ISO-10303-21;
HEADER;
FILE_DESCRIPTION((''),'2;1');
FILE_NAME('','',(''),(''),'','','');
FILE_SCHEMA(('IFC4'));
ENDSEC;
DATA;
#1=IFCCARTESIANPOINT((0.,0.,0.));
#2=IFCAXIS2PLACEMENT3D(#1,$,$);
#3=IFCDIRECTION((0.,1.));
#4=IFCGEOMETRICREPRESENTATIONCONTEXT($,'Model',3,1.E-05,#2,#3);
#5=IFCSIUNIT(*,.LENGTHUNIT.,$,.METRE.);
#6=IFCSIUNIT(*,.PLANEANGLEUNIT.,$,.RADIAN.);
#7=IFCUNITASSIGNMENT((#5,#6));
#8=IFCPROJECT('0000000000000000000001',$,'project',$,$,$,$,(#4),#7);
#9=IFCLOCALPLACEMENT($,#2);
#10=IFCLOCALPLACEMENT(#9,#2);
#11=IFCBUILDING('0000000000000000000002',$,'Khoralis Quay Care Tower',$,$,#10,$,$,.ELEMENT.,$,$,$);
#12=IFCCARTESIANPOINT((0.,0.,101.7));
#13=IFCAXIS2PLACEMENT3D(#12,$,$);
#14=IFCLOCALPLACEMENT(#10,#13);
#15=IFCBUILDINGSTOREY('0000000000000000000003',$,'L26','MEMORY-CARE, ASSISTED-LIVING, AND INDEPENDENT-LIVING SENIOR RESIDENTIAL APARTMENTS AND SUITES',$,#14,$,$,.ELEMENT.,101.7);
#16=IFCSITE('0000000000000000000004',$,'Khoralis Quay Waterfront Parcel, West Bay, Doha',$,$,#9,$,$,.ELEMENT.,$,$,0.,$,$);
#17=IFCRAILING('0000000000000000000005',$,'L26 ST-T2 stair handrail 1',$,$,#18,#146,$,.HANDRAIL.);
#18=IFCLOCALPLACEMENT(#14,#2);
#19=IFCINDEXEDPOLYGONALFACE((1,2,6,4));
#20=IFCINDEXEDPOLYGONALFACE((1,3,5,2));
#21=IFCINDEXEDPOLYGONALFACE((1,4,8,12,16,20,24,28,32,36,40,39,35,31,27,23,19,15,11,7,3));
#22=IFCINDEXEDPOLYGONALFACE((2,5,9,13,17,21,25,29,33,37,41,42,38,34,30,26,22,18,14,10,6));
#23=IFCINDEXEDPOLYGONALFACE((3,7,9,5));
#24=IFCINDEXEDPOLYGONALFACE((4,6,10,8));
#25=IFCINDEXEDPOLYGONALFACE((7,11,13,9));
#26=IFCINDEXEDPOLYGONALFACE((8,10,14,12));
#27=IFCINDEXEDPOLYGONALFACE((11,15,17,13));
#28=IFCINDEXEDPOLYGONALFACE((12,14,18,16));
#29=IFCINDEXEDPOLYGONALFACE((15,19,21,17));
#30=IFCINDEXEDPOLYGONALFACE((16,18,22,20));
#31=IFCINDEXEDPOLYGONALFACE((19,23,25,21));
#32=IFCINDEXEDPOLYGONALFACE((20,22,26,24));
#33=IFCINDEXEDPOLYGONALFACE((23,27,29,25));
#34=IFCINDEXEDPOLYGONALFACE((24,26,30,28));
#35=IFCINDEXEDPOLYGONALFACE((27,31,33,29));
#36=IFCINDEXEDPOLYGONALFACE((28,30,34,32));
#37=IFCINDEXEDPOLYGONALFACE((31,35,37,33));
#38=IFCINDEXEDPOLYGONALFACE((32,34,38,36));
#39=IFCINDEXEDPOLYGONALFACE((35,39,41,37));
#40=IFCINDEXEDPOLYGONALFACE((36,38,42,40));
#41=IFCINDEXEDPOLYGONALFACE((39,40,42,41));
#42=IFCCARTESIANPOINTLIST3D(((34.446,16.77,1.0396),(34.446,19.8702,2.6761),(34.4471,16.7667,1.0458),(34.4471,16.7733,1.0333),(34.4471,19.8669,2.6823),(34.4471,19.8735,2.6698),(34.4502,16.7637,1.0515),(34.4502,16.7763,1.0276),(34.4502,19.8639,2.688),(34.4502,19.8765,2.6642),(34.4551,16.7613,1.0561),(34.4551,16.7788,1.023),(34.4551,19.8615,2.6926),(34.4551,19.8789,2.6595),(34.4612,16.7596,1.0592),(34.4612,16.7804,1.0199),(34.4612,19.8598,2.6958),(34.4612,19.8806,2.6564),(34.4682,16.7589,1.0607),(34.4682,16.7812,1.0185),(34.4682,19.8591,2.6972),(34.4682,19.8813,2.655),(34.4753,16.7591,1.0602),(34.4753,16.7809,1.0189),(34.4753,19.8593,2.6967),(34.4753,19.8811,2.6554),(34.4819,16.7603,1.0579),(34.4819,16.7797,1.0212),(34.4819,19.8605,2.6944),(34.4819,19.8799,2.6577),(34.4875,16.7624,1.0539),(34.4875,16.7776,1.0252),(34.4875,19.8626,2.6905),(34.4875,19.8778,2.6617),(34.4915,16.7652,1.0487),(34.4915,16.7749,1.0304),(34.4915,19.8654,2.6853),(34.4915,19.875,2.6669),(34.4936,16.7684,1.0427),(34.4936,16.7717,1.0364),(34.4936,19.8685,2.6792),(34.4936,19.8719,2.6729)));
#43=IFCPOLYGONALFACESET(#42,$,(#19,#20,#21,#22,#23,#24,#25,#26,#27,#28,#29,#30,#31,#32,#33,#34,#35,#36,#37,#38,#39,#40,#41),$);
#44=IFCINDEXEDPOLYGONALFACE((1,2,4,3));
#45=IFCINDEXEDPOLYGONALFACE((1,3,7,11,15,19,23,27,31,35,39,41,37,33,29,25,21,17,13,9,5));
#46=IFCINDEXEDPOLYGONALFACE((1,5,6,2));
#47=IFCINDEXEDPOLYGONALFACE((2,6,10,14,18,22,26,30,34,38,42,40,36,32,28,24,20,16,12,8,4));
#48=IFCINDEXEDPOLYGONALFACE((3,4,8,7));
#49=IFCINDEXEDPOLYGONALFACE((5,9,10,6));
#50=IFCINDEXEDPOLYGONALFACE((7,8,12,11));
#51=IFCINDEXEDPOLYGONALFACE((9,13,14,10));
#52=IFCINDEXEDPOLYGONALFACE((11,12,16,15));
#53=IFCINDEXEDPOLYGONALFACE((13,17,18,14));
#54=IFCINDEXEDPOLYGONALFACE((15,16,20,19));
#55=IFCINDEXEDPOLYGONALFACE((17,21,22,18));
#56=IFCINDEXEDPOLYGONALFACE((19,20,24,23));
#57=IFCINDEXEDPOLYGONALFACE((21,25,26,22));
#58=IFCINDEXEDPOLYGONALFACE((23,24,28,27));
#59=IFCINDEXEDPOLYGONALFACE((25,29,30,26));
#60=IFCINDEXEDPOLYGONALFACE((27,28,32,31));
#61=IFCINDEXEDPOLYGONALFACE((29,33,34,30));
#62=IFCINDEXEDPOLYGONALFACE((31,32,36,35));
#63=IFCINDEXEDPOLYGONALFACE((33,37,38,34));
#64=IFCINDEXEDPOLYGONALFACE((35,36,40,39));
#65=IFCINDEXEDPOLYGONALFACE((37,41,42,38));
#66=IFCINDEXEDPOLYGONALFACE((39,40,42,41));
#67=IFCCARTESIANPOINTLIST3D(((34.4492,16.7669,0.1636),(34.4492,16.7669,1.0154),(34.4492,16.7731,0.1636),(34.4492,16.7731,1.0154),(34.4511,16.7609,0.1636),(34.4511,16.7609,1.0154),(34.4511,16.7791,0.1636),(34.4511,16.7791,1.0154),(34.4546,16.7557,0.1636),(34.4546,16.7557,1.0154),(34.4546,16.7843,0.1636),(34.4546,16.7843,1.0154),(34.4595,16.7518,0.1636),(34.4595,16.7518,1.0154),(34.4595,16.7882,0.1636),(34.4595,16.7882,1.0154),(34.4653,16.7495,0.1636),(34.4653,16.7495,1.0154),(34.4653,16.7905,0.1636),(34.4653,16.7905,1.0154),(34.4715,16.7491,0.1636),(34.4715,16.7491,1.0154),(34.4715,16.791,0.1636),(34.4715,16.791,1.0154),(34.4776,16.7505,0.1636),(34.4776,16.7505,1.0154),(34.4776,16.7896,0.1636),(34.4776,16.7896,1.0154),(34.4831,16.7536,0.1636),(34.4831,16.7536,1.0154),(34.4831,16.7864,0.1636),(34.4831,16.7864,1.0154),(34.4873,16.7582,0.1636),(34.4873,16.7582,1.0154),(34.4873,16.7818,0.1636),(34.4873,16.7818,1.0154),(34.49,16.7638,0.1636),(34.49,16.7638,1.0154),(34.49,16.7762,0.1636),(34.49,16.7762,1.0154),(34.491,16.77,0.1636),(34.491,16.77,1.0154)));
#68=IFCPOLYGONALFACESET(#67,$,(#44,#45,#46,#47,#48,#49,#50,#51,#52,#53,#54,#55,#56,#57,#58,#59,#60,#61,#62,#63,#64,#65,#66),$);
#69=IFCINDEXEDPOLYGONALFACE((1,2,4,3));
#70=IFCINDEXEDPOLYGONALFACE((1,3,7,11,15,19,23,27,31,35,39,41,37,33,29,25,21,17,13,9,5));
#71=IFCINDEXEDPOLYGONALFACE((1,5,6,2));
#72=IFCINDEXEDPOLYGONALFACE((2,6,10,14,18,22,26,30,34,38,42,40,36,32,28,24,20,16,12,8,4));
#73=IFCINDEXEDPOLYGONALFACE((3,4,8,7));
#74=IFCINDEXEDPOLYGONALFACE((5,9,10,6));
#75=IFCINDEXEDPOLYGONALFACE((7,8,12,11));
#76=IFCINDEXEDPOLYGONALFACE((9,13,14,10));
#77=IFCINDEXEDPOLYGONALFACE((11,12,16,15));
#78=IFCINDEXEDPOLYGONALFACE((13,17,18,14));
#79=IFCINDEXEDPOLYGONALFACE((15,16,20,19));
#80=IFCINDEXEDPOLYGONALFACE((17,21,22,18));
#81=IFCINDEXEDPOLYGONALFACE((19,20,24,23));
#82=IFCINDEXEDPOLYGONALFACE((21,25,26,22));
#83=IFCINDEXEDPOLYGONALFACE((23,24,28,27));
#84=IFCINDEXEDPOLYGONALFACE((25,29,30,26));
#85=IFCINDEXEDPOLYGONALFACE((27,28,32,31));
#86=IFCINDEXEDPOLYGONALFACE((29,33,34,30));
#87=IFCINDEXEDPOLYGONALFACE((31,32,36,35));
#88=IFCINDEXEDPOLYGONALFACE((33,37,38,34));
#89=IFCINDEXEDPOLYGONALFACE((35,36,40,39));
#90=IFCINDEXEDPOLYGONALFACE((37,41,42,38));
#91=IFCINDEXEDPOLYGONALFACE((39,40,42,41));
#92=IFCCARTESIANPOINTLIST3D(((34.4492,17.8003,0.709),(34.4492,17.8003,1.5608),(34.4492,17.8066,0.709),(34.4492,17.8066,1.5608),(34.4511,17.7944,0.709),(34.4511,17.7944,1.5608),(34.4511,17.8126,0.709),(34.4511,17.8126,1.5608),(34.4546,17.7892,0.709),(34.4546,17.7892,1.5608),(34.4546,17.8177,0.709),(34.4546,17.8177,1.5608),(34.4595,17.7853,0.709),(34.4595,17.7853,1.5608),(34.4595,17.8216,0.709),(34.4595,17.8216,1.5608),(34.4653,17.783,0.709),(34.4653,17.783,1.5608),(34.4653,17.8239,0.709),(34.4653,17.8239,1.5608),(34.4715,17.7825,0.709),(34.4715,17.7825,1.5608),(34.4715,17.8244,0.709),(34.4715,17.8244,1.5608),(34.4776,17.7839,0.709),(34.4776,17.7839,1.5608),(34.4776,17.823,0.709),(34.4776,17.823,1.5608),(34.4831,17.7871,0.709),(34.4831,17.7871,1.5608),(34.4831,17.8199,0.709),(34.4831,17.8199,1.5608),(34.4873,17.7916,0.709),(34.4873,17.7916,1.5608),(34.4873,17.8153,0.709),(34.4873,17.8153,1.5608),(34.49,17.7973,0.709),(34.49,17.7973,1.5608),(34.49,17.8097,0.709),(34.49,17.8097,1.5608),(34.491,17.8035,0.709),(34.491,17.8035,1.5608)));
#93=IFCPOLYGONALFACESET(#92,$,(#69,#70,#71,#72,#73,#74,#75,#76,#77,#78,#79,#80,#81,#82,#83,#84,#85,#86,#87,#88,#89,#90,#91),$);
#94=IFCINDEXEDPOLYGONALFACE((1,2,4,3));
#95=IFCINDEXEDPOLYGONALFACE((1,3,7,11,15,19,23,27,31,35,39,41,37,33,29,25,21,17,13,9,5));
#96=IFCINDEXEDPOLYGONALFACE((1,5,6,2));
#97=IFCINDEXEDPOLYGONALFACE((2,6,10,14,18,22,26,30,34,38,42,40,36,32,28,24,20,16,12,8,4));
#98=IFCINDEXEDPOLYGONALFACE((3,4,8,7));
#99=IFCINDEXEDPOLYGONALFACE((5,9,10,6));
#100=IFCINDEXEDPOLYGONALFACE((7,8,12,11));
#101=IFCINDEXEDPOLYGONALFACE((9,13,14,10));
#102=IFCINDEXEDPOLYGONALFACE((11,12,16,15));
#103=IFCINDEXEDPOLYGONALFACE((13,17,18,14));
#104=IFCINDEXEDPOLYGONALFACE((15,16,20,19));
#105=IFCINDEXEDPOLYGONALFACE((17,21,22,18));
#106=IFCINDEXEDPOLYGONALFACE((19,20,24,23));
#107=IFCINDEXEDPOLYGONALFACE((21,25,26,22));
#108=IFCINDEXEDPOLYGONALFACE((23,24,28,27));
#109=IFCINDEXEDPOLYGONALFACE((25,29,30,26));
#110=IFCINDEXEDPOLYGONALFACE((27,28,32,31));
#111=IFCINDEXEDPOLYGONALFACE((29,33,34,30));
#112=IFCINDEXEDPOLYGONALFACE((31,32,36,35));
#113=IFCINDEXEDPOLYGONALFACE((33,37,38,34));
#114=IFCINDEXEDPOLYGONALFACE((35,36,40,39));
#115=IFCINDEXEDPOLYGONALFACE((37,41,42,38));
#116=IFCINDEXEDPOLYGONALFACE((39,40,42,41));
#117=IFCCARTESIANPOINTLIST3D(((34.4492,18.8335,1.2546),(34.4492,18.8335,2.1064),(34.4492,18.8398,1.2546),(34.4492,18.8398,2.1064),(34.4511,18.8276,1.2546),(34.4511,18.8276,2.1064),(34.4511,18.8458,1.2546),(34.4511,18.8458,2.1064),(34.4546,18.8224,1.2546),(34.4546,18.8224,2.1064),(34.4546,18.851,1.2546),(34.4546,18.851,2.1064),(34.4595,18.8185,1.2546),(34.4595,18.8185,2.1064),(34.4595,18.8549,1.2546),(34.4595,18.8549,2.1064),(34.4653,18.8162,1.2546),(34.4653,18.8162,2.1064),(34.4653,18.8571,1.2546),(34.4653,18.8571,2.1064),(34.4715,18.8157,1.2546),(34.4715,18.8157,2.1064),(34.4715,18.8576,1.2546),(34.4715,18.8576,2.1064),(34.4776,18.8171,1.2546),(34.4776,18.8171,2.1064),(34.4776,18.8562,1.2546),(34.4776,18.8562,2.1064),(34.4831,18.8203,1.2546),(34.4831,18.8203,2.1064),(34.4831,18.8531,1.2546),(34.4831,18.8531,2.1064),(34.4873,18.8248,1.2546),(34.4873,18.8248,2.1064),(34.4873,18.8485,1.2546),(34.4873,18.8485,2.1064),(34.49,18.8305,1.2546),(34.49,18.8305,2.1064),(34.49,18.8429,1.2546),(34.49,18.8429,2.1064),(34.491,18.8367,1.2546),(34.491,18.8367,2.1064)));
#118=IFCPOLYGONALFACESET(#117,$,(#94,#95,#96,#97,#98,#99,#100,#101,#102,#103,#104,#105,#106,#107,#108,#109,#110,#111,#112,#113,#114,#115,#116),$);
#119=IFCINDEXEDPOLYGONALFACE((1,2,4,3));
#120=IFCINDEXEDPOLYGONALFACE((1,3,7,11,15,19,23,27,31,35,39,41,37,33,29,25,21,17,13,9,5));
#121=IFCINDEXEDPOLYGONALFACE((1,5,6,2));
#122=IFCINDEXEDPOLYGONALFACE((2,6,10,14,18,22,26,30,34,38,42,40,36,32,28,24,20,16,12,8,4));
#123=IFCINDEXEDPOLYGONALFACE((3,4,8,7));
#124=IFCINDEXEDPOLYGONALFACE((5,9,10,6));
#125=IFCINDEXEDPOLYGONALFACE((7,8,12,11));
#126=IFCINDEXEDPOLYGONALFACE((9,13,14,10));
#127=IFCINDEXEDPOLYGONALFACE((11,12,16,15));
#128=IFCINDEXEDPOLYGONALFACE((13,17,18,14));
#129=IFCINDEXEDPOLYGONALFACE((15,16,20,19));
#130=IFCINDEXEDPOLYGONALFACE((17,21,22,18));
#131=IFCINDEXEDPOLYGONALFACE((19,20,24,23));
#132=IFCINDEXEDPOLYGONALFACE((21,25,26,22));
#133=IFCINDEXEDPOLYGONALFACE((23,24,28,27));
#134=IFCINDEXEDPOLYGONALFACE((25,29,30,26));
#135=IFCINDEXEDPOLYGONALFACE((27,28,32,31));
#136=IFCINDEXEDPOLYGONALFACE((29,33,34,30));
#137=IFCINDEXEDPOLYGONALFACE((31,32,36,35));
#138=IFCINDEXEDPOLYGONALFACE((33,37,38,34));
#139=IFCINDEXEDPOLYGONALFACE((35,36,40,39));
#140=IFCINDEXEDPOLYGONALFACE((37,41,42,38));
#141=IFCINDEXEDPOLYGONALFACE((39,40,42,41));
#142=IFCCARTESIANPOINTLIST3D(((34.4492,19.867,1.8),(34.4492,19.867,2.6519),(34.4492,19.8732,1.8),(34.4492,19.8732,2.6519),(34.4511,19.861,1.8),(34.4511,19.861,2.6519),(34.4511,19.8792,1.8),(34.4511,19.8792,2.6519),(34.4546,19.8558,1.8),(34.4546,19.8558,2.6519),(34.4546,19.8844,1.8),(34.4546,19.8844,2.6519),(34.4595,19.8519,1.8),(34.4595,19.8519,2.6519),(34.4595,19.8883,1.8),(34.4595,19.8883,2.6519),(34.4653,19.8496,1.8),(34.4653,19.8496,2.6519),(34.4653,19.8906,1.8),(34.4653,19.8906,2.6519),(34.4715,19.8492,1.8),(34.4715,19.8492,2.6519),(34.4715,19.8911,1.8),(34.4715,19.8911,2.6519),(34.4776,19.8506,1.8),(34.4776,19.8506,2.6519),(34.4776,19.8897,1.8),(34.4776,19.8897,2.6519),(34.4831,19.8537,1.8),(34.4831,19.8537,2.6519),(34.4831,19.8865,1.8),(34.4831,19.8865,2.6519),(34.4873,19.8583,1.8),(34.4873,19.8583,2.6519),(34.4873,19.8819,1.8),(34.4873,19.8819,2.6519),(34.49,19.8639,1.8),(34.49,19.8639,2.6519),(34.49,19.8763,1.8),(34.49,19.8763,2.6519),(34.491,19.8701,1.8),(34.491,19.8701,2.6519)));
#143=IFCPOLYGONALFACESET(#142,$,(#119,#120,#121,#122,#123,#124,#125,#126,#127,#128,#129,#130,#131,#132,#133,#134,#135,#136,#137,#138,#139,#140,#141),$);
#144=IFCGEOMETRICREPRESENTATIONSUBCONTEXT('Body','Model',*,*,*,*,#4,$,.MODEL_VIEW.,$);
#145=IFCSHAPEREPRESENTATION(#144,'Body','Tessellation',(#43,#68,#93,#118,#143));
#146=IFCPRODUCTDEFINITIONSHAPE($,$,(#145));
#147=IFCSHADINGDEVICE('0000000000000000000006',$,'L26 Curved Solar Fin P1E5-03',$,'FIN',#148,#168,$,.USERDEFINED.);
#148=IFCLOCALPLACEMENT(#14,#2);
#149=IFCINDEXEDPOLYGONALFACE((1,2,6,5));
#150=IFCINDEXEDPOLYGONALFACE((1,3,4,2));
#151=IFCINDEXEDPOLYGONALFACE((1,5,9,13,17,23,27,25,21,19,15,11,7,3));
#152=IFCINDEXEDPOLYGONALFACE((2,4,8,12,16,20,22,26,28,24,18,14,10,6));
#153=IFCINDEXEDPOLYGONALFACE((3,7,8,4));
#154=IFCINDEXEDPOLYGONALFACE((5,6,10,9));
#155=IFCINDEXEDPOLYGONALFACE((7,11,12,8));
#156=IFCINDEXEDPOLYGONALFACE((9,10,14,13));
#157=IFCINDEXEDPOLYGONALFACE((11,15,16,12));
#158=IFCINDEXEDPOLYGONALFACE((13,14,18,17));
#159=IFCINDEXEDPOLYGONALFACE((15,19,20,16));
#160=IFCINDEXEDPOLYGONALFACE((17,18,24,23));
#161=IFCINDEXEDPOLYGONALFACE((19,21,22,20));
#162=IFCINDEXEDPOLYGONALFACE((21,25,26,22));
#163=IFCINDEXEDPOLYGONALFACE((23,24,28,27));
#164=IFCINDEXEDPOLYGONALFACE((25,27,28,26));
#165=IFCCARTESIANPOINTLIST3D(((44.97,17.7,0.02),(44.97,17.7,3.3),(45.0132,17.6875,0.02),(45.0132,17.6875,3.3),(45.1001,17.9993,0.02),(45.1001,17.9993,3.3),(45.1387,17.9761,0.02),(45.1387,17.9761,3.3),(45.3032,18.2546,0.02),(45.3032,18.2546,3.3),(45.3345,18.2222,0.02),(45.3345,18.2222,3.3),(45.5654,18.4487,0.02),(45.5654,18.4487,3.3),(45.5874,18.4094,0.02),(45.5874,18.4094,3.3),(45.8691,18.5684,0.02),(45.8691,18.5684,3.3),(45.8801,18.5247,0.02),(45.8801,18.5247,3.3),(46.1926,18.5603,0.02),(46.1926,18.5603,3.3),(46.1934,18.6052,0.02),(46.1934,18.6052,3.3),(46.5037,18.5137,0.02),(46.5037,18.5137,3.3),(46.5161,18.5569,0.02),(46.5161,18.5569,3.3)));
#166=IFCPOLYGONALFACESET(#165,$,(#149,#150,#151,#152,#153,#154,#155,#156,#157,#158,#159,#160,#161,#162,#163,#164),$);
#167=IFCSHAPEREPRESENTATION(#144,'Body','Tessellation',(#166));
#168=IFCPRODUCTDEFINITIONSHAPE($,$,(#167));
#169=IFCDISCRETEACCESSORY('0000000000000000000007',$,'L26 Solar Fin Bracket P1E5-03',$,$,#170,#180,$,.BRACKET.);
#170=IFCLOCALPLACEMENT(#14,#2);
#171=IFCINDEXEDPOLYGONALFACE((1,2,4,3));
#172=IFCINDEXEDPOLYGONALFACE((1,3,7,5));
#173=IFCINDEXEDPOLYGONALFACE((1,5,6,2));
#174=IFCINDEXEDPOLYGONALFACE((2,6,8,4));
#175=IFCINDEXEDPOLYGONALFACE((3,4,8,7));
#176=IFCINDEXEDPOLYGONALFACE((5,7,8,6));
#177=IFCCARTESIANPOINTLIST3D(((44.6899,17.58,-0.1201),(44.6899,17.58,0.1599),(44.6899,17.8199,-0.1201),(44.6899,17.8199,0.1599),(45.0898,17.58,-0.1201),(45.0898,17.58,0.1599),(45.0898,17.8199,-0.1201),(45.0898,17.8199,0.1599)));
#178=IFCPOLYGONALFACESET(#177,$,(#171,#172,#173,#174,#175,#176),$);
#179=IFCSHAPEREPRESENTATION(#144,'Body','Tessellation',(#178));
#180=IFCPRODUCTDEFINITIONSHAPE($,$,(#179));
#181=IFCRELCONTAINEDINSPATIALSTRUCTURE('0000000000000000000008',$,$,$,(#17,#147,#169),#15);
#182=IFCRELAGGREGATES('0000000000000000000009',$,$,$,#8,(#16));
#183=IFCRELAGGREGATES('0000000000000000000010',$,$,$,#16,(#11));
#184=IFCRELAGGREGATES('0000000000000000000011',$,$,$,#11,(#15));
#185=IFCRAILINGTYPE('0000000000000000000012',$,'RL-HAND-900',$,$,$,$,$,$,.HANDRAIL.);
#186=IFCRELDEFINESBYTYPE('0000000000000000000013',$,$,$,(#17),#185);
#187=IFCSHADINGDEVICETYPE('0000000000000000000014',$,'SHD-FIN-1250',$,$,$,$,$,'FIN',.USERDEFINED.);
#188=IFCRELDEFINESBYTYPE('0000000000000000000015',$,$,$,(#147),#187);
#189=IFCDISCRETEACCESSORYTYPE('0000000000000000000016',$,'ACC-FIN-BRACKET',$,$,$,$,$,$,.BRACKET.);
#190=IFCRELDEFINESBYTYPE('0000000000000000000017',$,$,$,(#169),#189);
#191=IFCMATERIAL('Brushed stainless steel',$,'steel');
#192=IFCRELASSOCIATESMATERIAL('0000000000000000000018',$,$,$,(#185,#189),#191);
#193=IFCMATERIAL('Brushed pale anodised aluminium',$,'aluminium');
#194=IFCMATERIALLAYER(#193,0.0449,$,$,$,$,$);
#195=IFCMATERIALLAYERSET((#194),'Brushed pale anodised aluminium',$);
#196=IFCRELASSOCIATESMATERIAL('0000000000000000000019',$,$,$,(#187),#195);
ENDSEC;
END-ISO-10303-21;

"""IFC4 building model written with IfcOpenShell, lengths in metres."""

from ifc_helpers import new_model, si_unit, direction, frame, origin, origin_2d, place, context, subcontext, project, spatial, polyline, rectangle, circle, outline, extrude, source, transform, mapped, material, layer, layer_set, type_object, element, save


model = new_model("IFC4")

# Units and contexts
model_context = context("Model", 3, precision=1e-05, world=origin(), true_north=direction((0.0, 1.0)))
body_context = subcontext(model_context, "Body", "Model", "MODEL_VIEW")
ifc_project = project(units=[si_unit("LENGTHUNIT", "METRE"), si_unit("PLANEANGLEUNIT", "RADIAN")], contexts=[model_context])

# Site, building, storey
site_placement = place(None, origin())
site = spatial("IfcSite", under=ifc_project, at=site_placement, Name="Khoralis Quay Waterfront Parcel, West Bay, Doha", CompositionType="ELEMENT", RefElevation=0.0)
building_placement = place(site_placement, origin())
building = spatial("IfcBuilding", under=site, at=building_placement, Name="Khoralis Quay Care Tower", CompositionType="ELEMENT")
storey_placement = place(building_placement, frame((0.0, 0.0, 101.7)))
storey = spatial("IfcBuildingStorey", under=building, at=storey_placement, Name="L26", Description="MEMORY-CARE, ASSISTED-LIVING, AND INDEPENDENT-LIVING SENIOR RESIDENTIAL APARTMENTS AND SUITES", CompositionType="ELEMENT", Elevation=101.7)

# Railing
ifc_material_1 = material(Name="Brushed stainless steel", Category="steel")
railing_type_1 = type_object("IfcRailingType", Name="RL-HAND-900", PredefinedType="HANDRAIL", material=ifc_material_1)
railing_1_placement = place(storey_placement, frame((34.47, 16.77, 0.1636)))
element("IfcRailing", 1, at=railing_1_placement, inside=storey, type_object=railing_type_1, Name="L26 ST-T2 stair handrail 1", PredefinedType="HANDRAIL", context=body_context, shape_type="SweptSolid", body=[
    extrude(circle(Radius=0.0239, at=origin_2d()), frame((0.0, 0.0, 0.876), z_axis=(0.0, 0.884348, 0.466828), x_axis=(-1.0, 0.0, 0.0)), (0.0, 0.0, 1.0), 3.5056),
    extrude(circle(Radius=0.021, at=origin_2d()), origin(), (0.0, 0.0, 1.0), 0.8518),
    extrude(circle(Radius=0.021, at=origin_2d()), frame((0.0, 1.0334, 0.5454)), (0.0, 0.0, 1.0), 0.8518),
    extrude(circle(Radius=0.021, at=origin_2d()), frame((0.0, 2.0667, 1.0911)), (0.0, 0.0, 1.0), 0.8518),
    extrude(circle(Radius=0.021, at=origin_2d()), frame((0.0, 3.1001, 1.6365)), (0.0, 0.0, 1.0), 0.8518),
])

# Shading device
ifc_material_2 = material(Name="Brushed pale anodised aluminium", Category="aluminium")
ifc_layer_1 = layer(ifc_material_2, 0.0449)
ifc_layer_set_1 = layer_set([ifc_layer_1], Name="Brushed pale anodised aluminium")
shading_device_type = type_object("IfcShadingDeviceType", Name="SHD-FIN-1250", ElementType="FIN", PredefinedType="USERDEFINED", material=ifc_layer_set_1)
shared_shape_1 = source(origin(), body_context, "Body", "SweptSolid", [
    extrude(outline(polyline([(0.0, 0.0), (0.1301, 0.2993), (0.3333, 0.5547), (0.5955, 0.7488), (0.8992, 0.8684), (1.2234, 0.9053), (1.5461, 0.8569), (1.5337, 0.8137), (1.2227, 0.8604), (0.9102, 0.8247), (0.6174, 0.7095), (0.3645, 0.5222), (0.1687, 0.2761), (0.0432, -0.0125), (0.0, 0.0)])), origin(), (0.0, 0.0, 1.0), 3.28),
])
shading_device_placement = place(storey_placement, frame((44.97, 17.7, 0.02), z_axis=(0.0, 0.0, 1.0), x_axis=(1.0, 0.0, 0.0)))
element("IfcShadingDevice", 2, at=shading_device_placement, inside=storey, type_object=shading_device_type, Name="L26 Curved Solar Fin P1E5-03", ObjectType="FIN", PredefinedType="USERDEFINED", context=body_context, shape_type="MappedRepresentation", body=[
    mapped(shared_shape_1, transform((0.0, 0.0, 0.0), scale=1.0)),
])

# Discrete accessory
discrete_accessory_type = type_object("IfcDiscreteAccessoryType", Name="ACC-FIN-BRACKET", PredefinedType="BRACKET", material=ifc_material_1)
shared_shape_2 = source(origin(), body_context, "Body", "SweptSolid", [
    extrude(rectangle(XDim=0.3999, YDim=0.24, at=origin_2d()), origin(), (0.0, 0.0, 1.0), 0.28),
])
discrete_accessory_placement = place(storey_placement, frame((44.8899, 17.7, -0.1201), z_axis=(0.0, 0.0, 1.0), x_axis=(1.0, 0.0, 0.0)))
element("IfcDiscreteAccessory", 3, at=discrete_accessory_placement, inside=storey, type_object=discrete_accessory_type, Name="L26 Solar Fin Bracket P1E5-03", PredefinedType="BRACKET", context=body_context, shape_type="MappedRepresentation", body=[
    mapped(shared_shape_2, transform((0.0, 0.0, 0.0), scale=1.0)),
])

save(model, "model.ifc")
